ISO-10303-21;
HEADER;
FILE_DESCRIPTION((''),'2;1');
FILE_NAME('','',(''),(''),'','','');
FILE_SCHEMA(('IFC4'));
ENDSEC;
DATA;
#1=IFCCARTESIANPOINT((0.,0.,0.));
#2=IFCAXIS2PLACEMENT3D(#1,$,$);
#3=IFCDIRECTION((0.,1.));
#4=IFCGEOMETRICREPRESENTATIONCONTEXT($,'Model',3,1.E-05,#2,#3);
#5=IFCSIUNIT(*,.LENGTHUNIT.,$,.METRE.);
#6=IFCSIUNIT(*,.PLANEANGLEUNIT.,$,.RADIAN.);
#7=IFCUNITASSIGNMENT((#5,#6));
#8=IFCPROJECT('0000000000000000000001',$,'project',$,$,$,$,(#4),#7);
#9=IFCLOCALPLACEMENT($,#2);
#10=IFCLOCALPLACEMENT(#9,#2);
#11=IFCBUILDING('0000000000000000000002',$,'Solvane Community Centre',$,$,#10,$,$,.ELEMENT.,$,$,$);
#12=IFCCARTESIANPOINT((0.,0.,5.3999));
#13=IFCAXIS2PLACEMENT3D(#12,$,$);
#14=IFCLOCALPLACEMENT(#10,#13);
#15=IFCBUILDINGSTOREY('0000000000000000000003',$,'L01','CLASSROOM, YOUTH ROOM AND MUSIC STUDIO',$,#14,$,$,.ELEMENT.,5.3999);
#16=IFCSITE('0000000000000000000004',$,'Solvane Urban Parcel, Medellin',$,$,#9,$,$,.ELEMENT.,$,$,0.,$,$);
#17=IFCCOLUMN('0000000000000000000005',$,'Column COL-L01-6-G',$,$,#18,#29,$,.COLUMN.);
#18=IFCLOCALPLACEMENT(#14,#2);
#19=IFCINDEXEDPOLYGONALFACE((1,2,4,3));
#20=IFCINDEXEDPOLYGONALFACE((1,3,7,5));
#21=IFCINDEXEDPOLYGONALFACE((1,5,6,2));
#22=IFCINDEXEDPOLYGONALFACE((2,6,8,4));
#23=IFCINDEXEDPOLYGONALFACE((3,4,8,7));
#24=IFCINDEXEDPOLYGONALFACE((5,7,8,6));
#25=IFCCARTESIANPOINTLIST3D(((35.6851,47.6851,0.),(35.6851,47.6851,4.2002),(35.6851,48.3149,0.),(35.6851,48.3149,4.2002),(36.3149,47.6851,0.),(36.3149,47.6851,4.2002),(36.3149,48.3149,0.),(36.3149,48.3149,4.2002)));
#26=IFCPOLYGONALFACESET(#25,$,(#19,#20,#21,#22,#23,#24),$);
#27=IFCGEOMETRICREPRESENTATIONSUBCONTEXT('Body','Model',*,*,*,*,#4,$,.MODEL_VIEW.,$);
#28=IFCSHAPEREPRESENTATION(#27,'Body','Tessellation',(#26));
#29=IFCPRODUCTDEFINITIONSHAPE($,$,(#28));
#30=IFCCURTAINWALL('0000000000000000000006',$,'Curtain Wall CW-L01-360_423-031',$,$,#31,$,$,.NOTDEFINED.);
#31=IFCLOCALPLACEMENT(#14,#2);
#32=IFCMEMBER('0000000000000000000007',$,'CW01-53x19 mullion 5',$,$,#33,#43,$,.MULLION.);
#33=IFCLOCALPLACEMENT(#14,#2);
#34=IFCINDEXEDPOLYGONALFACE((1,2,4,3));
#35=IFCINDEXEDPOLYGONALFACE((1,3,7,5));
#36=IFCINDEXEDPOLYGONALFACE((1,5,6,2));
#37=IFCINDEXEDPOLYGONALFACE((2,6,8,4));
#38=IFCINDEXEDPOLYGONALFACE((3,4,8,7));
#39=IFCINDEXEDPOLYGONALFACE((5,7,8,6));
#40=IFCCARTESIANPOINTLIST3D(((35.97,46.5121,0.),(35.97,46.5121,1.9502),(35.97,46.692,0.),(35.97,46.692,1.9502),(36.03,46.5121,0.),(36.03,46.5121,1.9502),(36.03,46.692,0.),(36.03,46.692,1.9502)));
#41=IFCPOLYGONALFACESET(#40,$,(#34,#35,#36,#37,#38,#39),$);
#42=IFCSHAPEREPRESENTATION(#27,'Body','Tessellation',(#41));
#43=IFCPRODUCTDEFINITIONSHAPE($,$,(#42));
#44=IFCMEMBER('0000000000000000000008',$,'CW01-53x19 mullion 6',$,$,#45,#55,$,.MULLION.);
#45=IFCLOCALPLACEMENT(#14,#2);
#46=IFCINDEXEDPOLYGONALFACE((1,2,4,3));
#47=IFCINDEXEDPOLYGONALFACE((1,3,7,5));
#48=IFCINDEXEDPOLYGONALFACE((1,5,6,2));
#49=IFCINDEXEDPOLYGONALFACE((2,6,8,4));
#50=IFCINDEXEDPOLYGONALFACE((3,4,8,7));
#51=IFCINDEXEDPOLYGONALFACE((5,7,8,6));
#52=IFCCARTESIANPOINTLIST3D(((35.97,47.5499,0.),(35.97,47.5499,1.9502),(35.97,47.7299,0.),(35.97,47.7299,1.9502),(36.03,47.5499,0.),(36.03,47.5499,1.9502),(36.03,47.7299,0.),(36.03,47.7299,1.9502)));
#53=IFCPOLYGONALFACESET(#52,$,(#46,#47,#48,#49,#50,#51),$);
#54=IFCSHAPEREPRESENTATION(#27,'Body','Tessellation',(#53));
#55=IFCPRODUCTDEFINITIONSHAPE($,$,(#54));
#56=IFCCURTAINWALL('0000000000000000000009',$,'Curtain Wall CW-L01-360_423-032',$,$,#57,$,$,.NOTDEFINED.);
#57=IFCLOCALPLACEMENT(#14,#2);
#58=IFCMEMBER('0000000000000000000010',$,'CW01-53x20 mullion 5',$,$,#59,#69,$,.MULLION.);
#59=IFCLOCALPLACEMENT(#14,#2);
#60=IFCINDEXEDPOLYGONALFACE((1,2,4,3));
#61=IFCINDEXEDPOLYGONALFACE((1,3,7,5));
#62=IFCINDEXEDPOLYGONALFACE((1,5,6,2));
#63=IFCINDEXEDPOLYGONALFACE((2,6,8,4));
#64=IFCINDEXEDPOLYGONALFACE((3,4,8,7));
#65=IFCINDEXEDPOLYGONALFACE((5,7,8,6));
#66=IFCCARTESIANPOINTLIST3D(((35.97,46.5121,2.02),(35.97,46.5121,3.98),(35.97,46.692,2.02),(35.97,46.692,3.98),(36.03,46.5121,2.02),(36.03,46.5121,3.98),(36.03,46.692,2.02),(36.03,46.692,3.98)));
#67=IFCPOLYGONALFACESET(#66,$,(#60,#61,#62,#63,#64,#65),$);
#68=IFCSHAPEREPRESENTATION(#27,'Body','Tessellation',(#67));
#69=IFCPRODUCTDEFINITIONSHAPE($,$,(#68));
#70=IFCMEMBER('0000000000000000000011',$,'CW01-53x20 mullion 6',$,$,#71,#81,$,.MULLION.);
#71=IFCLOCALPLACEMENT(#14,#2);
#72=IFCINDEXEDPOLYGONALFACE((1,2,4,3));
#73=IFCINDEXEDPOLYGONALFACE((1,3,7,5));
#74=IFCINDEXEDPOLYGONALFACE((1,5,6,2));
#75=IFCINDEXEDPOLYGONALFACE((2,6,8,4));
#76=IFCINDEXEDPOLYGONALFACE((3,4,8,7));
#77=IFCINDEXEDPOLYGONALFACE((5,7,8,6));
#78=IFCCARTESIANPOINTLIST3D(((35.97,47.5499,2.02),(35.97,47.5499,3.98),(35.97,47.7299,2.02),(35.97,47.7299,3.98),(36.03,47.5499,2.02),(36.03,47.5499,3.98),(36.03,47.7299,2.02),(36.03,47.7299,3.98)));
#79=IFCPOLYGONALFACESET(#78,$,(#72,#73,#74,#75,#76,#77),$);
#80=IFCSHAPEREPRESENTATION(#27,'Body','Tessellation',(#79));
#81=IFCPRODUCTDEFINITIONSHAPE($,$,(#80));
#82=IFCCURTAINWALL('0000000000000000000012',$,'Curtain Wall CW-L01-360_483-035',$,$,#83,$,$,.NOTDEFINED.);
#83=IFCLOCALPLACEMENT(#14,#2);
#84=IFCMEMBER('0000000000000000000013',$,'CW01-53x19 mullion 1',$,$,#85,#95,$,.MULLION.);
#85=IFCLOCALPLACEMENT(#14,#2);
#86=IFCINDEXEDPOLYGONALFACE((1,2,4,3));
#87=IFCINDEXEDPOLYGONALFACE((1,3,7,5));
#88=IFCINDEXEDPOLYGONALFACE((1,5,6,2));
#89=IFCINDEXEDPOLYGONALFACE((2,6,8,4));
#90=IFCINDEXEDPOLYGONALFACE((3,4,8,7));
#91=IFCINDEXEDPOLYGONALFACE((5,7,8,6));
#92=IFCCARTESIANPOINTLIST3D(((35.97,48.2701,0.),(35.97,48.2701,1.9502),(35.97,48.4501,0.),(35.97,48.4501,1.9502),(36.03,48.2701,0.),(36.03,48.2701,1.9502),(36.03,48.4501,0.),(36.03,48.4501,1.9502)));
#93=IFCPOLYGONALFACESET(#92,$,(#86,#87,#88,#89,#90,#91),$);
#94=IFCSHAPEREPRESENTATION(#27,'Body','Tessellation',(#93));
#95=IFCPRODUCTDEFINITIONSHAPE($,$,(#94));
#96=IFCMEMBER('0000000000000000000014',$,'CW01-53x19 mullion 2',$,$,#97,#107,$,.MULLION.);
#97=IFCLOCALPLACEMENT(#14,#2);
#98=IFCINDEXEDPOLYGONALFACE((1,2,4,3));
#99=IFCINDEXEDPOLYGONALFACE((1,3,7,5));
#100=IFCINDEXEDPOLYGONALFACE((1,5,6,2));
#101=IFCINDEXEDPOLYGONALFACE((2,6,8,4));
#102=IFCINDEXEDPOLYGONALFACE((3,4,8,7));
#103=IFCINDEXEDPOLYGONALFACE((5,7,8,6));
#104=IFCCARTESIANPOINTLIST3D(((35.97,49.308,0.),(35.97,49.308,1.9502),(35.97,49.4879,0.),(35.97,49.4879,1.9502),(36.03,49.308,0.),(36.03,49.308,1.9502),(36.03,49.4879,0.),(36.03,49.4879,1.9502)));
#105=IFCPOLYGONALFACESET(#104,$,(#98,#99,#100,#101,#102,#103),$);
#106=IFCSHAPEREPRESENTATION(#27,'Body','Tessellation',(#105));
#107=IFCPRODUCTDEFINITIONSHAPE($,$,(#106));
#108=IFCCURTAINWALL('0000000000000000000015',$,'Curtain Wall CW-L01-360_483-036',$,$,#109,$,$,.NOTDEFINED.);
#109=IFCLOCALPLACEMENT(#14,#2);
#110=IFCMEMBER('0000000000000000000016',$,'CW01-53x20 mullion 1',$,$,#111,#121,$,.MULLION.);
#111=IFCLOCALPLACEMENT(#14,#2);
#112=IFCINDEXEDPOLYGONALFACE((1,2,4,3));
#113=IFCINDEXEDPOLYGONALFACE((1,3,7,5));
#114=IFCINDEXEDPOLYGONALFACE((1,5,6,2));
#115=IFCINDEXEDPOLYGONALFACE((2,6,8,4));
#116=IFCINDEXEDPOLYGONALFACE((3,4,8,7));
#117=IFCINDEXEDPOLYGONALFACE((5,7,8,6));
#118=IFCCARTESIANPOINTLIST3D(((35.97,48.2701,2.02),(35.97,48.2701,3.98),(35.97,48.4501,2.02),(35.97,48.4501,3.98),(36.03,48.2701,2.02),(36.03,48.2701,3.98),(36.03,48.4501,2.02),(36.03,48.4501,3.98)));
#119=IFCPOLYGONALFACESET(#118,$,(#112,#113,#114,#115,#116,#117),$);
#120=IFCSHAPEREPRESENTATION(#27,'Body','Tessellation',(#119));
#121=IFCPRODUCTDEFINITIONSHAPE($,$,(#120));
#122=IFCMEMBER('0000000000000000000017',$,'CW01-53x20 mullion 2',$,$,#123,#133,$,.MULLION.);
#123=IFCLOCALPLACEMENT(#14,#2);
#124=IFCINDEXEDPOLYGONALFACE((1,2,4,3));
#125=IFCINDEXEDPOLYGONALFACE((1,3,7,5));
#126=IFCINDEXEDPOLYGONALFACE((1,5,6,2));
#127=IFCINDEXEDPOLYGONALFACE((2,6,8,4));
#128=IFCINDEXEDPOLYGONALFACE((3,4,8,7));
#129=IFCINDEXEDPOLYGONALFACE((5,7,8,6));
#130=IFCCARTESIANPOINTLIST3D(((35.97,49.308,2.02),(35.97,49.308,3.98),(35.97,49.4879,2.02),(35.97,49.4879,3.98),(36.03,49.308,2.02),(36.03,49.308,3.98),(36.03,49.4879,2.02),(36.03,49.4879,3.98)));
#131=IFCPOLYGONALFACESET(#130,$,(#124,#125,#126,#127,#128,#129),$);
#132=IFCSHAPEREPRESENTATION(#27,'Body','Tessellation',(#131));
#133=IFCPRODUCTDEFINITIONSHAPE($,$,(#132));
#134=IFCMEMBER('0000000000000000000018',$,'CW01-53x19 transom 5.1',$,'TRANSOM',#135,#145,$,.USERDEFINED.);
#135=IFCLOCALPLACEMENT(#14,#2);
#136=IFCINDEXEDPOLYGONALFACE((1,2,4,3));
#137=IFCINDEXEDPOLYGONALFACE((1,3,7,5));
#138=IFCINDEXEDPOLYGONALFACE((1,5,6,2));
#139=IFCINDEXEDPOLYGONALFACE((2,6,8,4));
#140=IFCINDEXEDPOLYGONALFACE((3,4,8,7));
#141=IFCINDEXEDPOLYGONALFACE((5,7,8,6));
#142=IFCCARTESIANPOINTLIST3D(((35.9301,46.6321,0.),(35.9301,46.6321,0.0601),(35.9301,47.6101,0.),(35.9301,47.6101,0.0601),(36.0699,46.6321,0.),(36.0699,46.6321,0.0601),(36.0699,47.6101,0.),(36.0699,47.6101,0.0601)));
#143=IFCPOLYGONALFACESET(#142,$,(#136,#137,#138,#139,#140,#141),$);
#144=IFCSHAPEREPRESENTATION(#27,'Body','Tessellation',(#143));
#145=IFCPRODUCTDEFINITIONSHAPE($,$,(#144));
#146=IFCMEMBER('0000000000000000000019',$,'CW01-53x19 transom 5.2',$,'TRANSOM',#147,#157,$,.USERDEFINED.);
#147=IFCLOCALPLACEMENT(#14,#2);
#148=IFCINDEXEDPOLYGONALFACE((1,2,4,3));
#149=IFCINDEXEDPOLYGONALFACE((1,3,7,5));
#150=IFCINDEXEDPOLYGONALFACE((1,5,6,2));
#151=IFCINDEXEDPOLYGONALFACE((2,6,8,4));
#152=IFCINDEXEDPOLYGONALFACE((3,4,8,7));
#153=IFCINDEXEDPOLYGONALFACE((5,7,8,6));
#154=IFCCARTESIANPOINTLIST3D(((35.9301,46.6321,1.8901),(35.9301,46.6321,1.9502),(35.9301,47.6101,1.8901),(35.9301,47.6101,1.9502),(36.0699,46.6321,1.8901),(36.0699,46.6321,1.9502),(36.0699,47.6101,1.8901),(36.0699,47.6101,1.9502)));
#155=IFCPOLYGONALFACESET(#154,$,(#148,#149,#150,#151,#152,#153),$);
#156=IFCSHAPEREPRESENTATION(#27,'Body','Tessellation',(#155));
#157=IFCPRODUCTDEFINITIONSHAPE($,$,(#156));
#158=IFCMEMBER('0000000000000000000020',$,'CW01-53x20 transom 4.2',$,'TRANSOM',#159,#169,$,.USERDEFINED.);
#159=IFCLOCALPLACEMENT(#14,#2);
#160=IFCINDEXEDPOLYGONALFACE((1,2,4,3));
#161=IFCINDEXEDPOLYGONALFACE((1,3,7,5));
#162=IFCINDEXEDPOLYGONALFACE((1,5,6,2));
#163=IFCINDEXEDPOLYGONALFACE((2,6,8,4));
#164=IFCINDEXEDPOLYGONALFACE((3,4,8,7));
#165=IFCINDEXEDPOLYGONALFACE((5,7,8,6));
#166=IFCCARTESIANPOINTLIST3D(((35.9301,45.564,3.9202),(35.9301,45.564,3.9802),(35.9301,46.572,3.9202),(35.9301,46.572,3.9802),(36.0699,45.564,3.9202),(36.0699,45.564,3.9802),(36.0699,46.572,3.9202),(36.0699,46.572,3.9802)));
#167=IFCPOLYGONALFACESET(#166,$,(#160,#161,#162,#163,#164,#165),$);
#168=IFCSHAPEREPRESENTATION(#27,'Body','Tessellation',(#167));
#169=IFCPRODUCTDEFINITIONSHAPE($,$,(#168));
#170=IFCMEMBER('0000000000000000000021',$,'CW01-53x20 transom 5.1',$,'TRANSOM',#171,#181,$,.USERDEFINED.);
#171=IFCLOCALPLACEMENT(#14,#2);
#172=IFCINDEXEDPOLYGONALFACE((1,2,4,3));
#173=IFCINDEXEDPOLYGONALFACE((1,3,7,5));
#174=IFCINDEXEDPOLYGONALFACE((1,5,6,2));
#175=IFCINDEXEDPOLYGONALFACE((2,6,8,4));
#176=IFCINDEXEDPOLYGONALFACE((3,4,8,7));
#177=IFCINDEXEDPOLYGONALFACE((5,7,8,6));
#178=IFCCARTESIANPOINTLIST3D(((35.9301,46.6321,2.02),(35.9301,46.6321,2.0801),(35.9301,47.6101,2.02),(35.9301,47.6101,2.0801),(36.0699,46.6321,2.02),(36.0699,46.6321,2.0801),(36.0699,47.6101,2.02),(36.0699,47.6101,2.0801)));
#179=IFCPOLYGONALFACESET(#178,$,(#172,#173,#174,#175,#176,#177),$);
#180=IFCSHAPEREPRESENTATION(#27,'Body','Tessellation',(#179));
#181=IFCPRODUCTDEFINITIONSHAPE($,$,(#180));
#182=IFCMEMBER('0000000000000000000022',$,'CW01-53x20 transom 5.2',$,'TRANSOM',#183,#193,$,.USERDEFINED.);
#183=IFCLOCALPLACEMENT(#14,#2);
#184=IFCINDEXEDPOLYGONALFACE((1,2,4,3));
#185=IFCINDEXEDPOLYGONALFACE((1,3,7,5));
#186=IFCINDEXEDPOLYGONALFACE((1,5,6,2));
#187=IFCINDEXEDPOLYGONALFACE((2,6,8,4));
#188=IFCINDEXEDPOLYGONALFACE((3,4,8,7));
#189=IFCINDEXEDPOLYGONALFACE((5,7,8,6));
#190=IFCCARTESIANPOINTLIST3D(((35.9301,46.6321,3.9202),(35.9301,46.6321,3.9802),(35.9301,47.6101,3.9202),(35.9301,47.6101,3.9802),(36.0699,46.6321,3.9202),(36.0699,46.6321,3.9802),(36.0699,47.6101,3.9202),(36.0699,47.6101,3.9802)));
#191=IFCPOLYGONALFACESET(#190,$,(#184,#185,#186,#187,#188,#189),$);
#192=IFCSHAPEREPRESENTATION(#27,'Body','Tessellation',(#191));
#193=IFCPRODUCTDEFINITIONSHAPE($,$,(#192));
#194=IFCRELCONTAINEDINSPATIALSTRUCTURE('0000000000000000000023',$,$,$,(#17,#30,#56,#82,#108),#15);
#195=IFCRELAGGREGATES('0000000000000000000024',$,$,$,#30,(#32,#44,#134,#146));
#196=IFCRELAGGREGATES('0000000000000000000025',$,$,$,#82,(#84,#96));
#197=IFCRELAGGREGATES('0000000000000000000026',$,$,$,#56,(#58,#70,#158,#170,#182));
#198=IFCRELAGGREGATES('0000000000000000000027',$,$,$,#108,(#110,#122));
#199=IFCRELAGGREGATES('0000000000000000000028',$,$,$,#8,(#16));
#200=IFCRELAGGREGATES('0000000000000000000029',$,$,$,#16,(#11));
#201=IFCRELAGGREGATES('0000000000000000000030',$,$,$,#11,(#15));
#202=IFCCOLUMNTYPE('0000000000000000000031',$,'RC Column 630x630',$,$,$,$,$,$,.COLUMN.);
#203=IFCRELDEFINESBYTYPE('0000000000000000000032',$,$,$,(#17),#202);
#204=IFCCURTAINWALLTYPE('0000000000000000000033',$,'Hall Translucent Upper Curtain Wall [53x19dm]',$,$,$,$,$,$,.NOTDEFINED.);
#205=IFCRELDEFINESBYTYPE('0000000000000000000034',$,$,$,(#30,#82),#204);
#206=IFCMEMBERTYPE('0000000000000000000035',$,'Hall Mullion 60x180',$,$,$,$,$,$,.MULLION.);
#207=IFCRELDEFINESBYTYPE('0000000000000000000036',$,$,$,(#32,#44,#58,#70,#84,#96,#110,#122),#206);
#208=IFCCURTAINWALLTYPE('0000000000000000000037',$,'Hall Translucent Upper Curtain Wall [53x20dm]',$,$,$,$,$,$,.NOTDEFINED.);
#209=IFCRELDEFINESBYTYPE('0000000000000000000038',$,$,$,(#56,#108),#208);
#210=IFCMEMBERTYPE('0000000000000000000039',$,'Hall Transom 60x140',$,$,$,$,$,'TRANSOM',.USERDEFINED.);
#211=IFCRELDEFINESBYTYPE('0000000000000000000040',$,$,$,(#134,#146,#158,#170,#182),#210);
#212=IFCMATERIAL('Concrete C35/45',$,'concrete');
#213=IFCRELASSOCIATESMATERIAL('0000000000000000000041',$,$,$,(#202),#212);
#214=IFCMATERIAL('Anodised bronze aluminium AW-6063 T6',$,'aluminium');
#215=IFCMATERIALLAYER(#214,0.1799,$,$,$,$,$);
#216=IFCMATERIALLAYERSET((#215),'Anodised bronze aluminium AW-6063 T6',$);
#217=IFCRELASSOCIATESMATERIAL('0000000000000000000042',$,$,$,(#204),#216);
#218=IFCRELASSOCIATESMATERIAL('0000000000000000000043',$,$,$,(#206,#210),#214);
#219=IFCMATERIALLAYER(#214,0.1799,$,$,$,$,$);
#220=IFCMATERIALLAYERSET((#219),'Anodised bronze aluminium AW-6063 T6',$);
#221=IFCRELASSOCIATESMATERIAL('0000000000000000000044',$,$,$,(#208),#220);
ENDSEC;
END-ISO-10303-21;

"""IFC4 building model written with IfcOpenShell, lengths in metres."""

from ifc_helpers import new_model, si_unit, direction, frame, origin, origin_2d, place, context, subcontext, project, spatial, rectangle, extrude, material, layer, layer_set, material_profile, profile_set, type_object, element, aggregate, save


model = new_model("IFC4")

# Units and contexts
model_context = context("Model", 3, precision=1e-05, world=origin(), true_north=direction((0.0, 1.0)))
body_context = subcontext(model_context, "Body", "Model", "MODEL_VIEW")
ifc_project = project(units=[si_unit("LENGTHUNIT", "METRE"), si_unit("PLANEANGLEUNIT", "RADIAN")], contexts=[model_context])

# Site, building, storey
site_placement = place(None, origin())
site = spatial("IfcSite", under=ifc_project, at=site_placement, Name="Solvane Urban Parcel, Medellin", CompositionType="ELEMENT", RefElevation=0.0)
building_placement = place(site_placement, origin())
building = spatial("IfcBuilding", under=site, at=building_placement, Name="Solvane Community Centre", CompositionType="ELEMENT")
storey_placement = place(building_placement, frame((0.0, 0.0, 5.3999)))
storey = spatial("IfcBuildingStorey", under=building, at=storey_placement, Name="L01", Description="CLASSROOM, YOUTH ROOM AND MUSIC STUDIO", CompositionType="ELEMENT", Elevation=5.3999)

# Column
ifc_material_1 = material(Name="Concrete C35/45", Category="concrete")
ifc_material_profile_1 = material_profile(ifc_material_1, rectangle(XDim=0.6299, YDim=0.6299, at=origin_2d()), Name="RC 630x630")
ifc_profile_set_1 = profile_set([ifc_material_profile_1], Name="Concrete C35/45")
column_type = type_object("IfcColumnType", Name="RC Column 630x630", PredefinedType="COLUMN", material=ifc_profile_set_1)
column_placement = place(storey_placement, frame((36.0, 48.0, 0.0), z_axis=(0.0, 0.0, 1.0), x_axis=(1.0, 0.0, 0.0)))
element("IfcColumn", 1, at=column_placement, inside=storey, type_object=column_type, Name="Column COL-L01-6-G", PredefinedType="COLUMN", context=body_context, shape_type="SweptSolid", body=[
    extrude(rectangle(XDim=0.6299, YDim=0.6299, at=origin_2d()), origin(), (0.0, 0.0, 1.0), 4.2002),
])

# Curtain walls, members
ifc_material_2 = material(Name="Anodised bronze aluminium AW-6063 T6", Category="aluminium")
ifc_layer_1 = layer(ifc_material_2, 0.1799)
ifc_layer_set_1 = layer_set([ifc_layer_1], Name="Anodised bronze aluminium AW-6063 T6")
curtain_wall_type_1 = type_object("IfcCurtainWallType", Name="Hall Translucent Upper Curtain Wall [53x19dm]", PredefinedType="NOTDEFINED", material=ifc_layer_set_1)
curtain_wall_1_placement = place(storey_placement, origin())
curtain_wall_1 = element("IfcCurtainWall", 2, at=curtain_wall_1_placement, inside=storey, type_object=curtain_wall_type_1, Name="Curtain Wall CW-L01-360_423-031", PredefinedType="NOTDEFINED")
ifc_material_profile_2 = material_profile(ifc_material_2, rectangle(XDim=0.0601, YDim=0.1799, at=origin_2d()), Name="CW-M 60x180")
ifc_profile_set_2 = profile_set([ifc_material_profile_2], Name="Anodised bronze aluminium AW-6063 T6")
member_type_1 = type_object("IfcMemberType", Name="Hall Mullion 60x180", PredefinedType="MULLION", material=ifc_profile_set_2)
member_1_placement = place(storey_placement, frame((36.0, 46.6021, 0.0), z_axis=(0.0, 0.0, 1.0), x_axis=(-1.0, 0.0, 0.0)))
member_1 = element("IfcMember", 3, at=member_1_placement, type_object=member_type_1, Name="CW01-53x19 mullion 5", PredefinedType="MULLION", context=body_context, shape_type="SweptSolid", body=[
    extrude(rectangle(XDim=0.0601, YDim=0.1799, at=origin_2d()), origin(), (0.0, 0.0, 1.0), 1.9502),
])
member_2_placement = place(storey_placement, frame((36.0, 47.6399, 0.0), z_axis=(0.0, 0.0, 1.0), x_axis=(-1.0, 0.0, 0.0)))
member_2 = element("IfcMember", 4, at=member_2_placement, type_object=member_type_1, Name="CW01-53x19 mullion 6", PredefinedType="MULLION", context=body_context, shape_type="SweptSolid", body=[
    extrude(rectangle(XDim=0.0601, YDim=0.1799, at=origin_2d()), origin(), (0.0, 0.0, 1.0), 1.9502),
])
ifc_layer_2 = layer(ifc_material_2, 0.1799)
ifc_layer_set_2 = layer_set([ifc_layer_2], Name="Anodised bronze aluminium AW-6063 T6")
curtain_wall_type_2 = type_object("IfcCurtainWallType", Name="Hall Translucent Upper Curtain Wall [53x20dm]", PredefinedType="NOTDEFINED", material=ifc_layer_set_2)
curtain_wall_2_placement = place(storey_placement, origin())
curtain_wall_2 = element("IfcCurtainWall", 5, at=curtain_wall_2_placement, inside=storey, type_object=curtain_wall_type_2, Name="Curtain Wall CW-L01-360_423-032", PredefinedType="NOTDEFINED")
member_3_placement = place(storey_placement, frame((36.0, 46.6021, 2.02), z_axis=(0.0, 0.0, 1.0), x_axis=(-1.0, 0.0, 0.0)))
member_3 = element("IfcMember", 6, at=member_3_placement, type_object=member_type_1, Name="CW01-53x20 mullion 5", PredefinedType="MULLION", context=body_context, shape_type="SweptSolid", body=[
    extrude(rectangle(XDim=0.0601, YDim=0.1799, at=origin_2d()), origin(), (0.0, 0.0, 1.0), 1.96),
])
member_4_placement = place(storey_placement, frame((36.0, 47.6399, 2.02), z_axis=(0.0, 0.0, 1.0), x_axis=(-1.0, 0.0, 0.0)))
member_4 = element("IfcMember", 7, at=member_4_placement, type_object=member_type_1, Name="CW01-53x20 mullion 6", PredefinedType="MULLION", context=body_context, shape_type="SweptSolid", body=[
    extrude(rectangle(XDim=0.0601, YDim=0.1799, at=origin_2d()), origin(), (0.0, 0.0, 1.0), 1.96),
])
curtain_wall_3_placement = place(storey_placement, origin())
curtain_wall_3 = element("IfcCurtainWall", 8, at=curtain_wall_3_placement, inside=storey, type_object=curtain_wall_type_1, Name="Curtain Wall CW-L01-360_483-035", PredefinedType="NOTDEFINED")
member_5_placement = place(storey_placement, frame((36.0, 48.3601, 0.0), z_axis=(0.0, 0.0, 1.0), x_axis=(-1.0, 0.0, 0.0)))
member_5 = element("IfcMember", 9, at=member_5_placement, type_object=member_type_1, Name="CW01-53x19 mullion 1", PredefinedType="MULLION", context=body_context, shape_type="SweptSolid", body=[
    extrude(rectangle(XDim=0.0601, YDim=0.1799, at=origin_2d()), origin(), (0.0, 0.0, 1.0), 1.9502),
])
member_6_placement = place(storey_placement, frame((36.0, 49.3979, 0.0), z_axis=(0.0, 0.0, 1.0), x_axis=(-1.0, 0.0, 0.0)))
member_6 = element("IfcMember", 10, at=member_6_placement, type_object=member_type_1, Name="CW01-53x19 mullion 2", PredefinedType="MULLION", context=body_context, shape_type="SweptSolid", body=[
    extrude(rectangle(XDim=0.0601, YDim=0.1799, at=origin_2d()), origin(), (0.0, 0.0, 1.0), 1.9502),
])
curtain_wall_4_placement = place(storey_placement, origin())
curtain_wall_4 = element("IfcCurtainWall", 11, at=curtain_wall_4_placement, inside=storey, type_object=curtain_wall_type_2, Name="Curtain Wall CW-L01-360_483-036", PredefinedType="NOTDEFINED")
member_7_placement = place(storey_placement, frame((36.0, 48.3601, 2.02), z_axis=(0.0, 0.0, 1.0), x_axis=(-1.0, 0.0, 0.0)))
member_7 = element("IfcMember", 12, at=member_7_placement, type_object=member_type_1, Name="CW01-53x20 mullion 1", PredefinedType="MULLION", context=body_context, shape_type="SweptSolid", body=[
    extrude(rectangle(XDim=0.0601, YDim=0.1799, at=origin_2d()), origin(), (0.0, 0.0, 1.0), 1.96),
])
member_8_placement = place(storey_placement, frame((36.0, 49.3979, 2.02), z_axis=(0.0, 0.0, 1.0), x_axis=(-1.0, 0.0, 0.0)))
member_8 = element("IfcMember", 13, at=member_8_placement, type_object=member_type_1, Name="CW01-53x20 mullion 2", PredefinedType="MULLION", context=body_context, shape_type="SweptSolid", body=[
    extrude(rectangle(XDim=0.0601, YDim=0.1799, at=origin_2d()), origin(), (0.0, 0.0, 1.0), 1.96),
])

# Members
ifc_material_profile_3 = material_profile(ifc_material_2, rectangle(XDim=0.1399, YDim=0.0601, at=origin_2d()), Name="CW-T 60x140")
ifc_profile_set_3 = profile_set([ifc_material_profile_3], Name="Anodised bronze aluminium AW-6063 T6")
member_type_2 = type_object("IfcMemberType", Name="Hall Transom 60x140", ElementType="TRANSOM", PredefinedType="USERDEFINED", material=ifc_profile_set_3)
member_9_placement = place(storey_placement, frame((36.0, 46.6321, 0.03), z_axis=(0.0, 1.0, 0.0), x_axis=(-1.0, 0.0, 0.0)))
member_9 = element("IfcMember", 14, at=member_9_placement, type_object=member_type_2, Name="CW01-53x19 transom 5.1", ObjectType="TRANSOM", PredefinedType="USERDEFINED", context=body_context, shape_type="SweptSolid", body=[
    extrude(rectangle(XDim=0.1399, YDim=0.0601, at=origin_2d()), origin(), (0.0, 0.0, 1.0), 0.978),
])
member_10_placement = place(storey_placement, frame((36.0, 46.6321, 1.9202), z_axis=(0.0, 1.0, 0.0), x_axis=(-1.0, 0.0, 0.0)))
member_10 = element("IfcMember", 15, at=member_10_placement, type_object=member_type_2, Name="CW01-53x19 transom 5.2", ObjectType="TRANSOM", PredefinedType="USERDEFINED", context=body_context, shape_type="SweptSolid", body=[
    extrude(rectangle(XDim=0.1399, YDim=0.0601, at=origin_2d()), origin(), (0.0, 0.0, 1.0), 0.978),
])
member_11_placement = place(storey_placement, frame((36.0, 45.564, 3.9502), z_axis=(0.0, 1.0, 0.0), x_axis=(-1.0, 0.0, 0.0)))
member_11 = element("IfcMember", 16, at=member_11_placement, type_object=member_type_2, Name="CW01-53x20 transom 4.2", ObjectType="TRANSOM", PredefinedType="USERDEFINED", context=body_context, shape_type="SweptSolid", body=[
    extrude(rectangle(XDim=0.1399, YDim=0.0601, at=origin_2d()), origin(), (0.0, 0.0, 1.0), 1.0081),
])
member_12_placement = place(storey_placement, frame((36.0, 46.6321, 2.05), z_axis=(0.0, 1.0, 0.0), x_axis=(-1.0, 0.0, 0.0)))
member_12 = element("IfcMember", 17, at=member_12_placement, type_object=member_type_2, Name="CW01-53x20 transom 5.1", ObjectType="TRANSOM", PredefinedType="USERDEFINED", context=body_context, shape_type="SweptSolid", body=[
    extrude(rectangle(XDim=0.1399, YDim=0.0601, at=origin_2d()), origin(), (0.0, 0.0, 1.0), 0.978),
])
member_13_placement = place(storey_placement, frame((36.0, 46.6321, 3.9502), z_axis=(0.0, 1.0, 0.0), x_axis=(-1.0, 0.0, 0.0)))
member_13 = element("IfcMember", 18, at=member_13_placement, type_object=member_type_2, Name="CW01-53x20 transom 5.2", ObjectType="TRANSOM", PredefinedType="USERDEFINED", context=body_context, shape_type="SweptSolid", body=[
    extrude(rectangle(XDim=0.1399, YDim=0.0601, at=origin_2d()), origin(), (0.0, 0.0, 1.0), 0.978),
])

aggregate(curtain_wall_1, [member_1, member_2, member_9, member_10])
aggregate(curtain_wall_3, [member_5, member_6])
aggregate(curtain_wall_2, [member_3, member_4, member_11, member_12, member_13])
aggregate(curtain_wall_4, [member_7, member_8])

save(model, "model.ifc")
